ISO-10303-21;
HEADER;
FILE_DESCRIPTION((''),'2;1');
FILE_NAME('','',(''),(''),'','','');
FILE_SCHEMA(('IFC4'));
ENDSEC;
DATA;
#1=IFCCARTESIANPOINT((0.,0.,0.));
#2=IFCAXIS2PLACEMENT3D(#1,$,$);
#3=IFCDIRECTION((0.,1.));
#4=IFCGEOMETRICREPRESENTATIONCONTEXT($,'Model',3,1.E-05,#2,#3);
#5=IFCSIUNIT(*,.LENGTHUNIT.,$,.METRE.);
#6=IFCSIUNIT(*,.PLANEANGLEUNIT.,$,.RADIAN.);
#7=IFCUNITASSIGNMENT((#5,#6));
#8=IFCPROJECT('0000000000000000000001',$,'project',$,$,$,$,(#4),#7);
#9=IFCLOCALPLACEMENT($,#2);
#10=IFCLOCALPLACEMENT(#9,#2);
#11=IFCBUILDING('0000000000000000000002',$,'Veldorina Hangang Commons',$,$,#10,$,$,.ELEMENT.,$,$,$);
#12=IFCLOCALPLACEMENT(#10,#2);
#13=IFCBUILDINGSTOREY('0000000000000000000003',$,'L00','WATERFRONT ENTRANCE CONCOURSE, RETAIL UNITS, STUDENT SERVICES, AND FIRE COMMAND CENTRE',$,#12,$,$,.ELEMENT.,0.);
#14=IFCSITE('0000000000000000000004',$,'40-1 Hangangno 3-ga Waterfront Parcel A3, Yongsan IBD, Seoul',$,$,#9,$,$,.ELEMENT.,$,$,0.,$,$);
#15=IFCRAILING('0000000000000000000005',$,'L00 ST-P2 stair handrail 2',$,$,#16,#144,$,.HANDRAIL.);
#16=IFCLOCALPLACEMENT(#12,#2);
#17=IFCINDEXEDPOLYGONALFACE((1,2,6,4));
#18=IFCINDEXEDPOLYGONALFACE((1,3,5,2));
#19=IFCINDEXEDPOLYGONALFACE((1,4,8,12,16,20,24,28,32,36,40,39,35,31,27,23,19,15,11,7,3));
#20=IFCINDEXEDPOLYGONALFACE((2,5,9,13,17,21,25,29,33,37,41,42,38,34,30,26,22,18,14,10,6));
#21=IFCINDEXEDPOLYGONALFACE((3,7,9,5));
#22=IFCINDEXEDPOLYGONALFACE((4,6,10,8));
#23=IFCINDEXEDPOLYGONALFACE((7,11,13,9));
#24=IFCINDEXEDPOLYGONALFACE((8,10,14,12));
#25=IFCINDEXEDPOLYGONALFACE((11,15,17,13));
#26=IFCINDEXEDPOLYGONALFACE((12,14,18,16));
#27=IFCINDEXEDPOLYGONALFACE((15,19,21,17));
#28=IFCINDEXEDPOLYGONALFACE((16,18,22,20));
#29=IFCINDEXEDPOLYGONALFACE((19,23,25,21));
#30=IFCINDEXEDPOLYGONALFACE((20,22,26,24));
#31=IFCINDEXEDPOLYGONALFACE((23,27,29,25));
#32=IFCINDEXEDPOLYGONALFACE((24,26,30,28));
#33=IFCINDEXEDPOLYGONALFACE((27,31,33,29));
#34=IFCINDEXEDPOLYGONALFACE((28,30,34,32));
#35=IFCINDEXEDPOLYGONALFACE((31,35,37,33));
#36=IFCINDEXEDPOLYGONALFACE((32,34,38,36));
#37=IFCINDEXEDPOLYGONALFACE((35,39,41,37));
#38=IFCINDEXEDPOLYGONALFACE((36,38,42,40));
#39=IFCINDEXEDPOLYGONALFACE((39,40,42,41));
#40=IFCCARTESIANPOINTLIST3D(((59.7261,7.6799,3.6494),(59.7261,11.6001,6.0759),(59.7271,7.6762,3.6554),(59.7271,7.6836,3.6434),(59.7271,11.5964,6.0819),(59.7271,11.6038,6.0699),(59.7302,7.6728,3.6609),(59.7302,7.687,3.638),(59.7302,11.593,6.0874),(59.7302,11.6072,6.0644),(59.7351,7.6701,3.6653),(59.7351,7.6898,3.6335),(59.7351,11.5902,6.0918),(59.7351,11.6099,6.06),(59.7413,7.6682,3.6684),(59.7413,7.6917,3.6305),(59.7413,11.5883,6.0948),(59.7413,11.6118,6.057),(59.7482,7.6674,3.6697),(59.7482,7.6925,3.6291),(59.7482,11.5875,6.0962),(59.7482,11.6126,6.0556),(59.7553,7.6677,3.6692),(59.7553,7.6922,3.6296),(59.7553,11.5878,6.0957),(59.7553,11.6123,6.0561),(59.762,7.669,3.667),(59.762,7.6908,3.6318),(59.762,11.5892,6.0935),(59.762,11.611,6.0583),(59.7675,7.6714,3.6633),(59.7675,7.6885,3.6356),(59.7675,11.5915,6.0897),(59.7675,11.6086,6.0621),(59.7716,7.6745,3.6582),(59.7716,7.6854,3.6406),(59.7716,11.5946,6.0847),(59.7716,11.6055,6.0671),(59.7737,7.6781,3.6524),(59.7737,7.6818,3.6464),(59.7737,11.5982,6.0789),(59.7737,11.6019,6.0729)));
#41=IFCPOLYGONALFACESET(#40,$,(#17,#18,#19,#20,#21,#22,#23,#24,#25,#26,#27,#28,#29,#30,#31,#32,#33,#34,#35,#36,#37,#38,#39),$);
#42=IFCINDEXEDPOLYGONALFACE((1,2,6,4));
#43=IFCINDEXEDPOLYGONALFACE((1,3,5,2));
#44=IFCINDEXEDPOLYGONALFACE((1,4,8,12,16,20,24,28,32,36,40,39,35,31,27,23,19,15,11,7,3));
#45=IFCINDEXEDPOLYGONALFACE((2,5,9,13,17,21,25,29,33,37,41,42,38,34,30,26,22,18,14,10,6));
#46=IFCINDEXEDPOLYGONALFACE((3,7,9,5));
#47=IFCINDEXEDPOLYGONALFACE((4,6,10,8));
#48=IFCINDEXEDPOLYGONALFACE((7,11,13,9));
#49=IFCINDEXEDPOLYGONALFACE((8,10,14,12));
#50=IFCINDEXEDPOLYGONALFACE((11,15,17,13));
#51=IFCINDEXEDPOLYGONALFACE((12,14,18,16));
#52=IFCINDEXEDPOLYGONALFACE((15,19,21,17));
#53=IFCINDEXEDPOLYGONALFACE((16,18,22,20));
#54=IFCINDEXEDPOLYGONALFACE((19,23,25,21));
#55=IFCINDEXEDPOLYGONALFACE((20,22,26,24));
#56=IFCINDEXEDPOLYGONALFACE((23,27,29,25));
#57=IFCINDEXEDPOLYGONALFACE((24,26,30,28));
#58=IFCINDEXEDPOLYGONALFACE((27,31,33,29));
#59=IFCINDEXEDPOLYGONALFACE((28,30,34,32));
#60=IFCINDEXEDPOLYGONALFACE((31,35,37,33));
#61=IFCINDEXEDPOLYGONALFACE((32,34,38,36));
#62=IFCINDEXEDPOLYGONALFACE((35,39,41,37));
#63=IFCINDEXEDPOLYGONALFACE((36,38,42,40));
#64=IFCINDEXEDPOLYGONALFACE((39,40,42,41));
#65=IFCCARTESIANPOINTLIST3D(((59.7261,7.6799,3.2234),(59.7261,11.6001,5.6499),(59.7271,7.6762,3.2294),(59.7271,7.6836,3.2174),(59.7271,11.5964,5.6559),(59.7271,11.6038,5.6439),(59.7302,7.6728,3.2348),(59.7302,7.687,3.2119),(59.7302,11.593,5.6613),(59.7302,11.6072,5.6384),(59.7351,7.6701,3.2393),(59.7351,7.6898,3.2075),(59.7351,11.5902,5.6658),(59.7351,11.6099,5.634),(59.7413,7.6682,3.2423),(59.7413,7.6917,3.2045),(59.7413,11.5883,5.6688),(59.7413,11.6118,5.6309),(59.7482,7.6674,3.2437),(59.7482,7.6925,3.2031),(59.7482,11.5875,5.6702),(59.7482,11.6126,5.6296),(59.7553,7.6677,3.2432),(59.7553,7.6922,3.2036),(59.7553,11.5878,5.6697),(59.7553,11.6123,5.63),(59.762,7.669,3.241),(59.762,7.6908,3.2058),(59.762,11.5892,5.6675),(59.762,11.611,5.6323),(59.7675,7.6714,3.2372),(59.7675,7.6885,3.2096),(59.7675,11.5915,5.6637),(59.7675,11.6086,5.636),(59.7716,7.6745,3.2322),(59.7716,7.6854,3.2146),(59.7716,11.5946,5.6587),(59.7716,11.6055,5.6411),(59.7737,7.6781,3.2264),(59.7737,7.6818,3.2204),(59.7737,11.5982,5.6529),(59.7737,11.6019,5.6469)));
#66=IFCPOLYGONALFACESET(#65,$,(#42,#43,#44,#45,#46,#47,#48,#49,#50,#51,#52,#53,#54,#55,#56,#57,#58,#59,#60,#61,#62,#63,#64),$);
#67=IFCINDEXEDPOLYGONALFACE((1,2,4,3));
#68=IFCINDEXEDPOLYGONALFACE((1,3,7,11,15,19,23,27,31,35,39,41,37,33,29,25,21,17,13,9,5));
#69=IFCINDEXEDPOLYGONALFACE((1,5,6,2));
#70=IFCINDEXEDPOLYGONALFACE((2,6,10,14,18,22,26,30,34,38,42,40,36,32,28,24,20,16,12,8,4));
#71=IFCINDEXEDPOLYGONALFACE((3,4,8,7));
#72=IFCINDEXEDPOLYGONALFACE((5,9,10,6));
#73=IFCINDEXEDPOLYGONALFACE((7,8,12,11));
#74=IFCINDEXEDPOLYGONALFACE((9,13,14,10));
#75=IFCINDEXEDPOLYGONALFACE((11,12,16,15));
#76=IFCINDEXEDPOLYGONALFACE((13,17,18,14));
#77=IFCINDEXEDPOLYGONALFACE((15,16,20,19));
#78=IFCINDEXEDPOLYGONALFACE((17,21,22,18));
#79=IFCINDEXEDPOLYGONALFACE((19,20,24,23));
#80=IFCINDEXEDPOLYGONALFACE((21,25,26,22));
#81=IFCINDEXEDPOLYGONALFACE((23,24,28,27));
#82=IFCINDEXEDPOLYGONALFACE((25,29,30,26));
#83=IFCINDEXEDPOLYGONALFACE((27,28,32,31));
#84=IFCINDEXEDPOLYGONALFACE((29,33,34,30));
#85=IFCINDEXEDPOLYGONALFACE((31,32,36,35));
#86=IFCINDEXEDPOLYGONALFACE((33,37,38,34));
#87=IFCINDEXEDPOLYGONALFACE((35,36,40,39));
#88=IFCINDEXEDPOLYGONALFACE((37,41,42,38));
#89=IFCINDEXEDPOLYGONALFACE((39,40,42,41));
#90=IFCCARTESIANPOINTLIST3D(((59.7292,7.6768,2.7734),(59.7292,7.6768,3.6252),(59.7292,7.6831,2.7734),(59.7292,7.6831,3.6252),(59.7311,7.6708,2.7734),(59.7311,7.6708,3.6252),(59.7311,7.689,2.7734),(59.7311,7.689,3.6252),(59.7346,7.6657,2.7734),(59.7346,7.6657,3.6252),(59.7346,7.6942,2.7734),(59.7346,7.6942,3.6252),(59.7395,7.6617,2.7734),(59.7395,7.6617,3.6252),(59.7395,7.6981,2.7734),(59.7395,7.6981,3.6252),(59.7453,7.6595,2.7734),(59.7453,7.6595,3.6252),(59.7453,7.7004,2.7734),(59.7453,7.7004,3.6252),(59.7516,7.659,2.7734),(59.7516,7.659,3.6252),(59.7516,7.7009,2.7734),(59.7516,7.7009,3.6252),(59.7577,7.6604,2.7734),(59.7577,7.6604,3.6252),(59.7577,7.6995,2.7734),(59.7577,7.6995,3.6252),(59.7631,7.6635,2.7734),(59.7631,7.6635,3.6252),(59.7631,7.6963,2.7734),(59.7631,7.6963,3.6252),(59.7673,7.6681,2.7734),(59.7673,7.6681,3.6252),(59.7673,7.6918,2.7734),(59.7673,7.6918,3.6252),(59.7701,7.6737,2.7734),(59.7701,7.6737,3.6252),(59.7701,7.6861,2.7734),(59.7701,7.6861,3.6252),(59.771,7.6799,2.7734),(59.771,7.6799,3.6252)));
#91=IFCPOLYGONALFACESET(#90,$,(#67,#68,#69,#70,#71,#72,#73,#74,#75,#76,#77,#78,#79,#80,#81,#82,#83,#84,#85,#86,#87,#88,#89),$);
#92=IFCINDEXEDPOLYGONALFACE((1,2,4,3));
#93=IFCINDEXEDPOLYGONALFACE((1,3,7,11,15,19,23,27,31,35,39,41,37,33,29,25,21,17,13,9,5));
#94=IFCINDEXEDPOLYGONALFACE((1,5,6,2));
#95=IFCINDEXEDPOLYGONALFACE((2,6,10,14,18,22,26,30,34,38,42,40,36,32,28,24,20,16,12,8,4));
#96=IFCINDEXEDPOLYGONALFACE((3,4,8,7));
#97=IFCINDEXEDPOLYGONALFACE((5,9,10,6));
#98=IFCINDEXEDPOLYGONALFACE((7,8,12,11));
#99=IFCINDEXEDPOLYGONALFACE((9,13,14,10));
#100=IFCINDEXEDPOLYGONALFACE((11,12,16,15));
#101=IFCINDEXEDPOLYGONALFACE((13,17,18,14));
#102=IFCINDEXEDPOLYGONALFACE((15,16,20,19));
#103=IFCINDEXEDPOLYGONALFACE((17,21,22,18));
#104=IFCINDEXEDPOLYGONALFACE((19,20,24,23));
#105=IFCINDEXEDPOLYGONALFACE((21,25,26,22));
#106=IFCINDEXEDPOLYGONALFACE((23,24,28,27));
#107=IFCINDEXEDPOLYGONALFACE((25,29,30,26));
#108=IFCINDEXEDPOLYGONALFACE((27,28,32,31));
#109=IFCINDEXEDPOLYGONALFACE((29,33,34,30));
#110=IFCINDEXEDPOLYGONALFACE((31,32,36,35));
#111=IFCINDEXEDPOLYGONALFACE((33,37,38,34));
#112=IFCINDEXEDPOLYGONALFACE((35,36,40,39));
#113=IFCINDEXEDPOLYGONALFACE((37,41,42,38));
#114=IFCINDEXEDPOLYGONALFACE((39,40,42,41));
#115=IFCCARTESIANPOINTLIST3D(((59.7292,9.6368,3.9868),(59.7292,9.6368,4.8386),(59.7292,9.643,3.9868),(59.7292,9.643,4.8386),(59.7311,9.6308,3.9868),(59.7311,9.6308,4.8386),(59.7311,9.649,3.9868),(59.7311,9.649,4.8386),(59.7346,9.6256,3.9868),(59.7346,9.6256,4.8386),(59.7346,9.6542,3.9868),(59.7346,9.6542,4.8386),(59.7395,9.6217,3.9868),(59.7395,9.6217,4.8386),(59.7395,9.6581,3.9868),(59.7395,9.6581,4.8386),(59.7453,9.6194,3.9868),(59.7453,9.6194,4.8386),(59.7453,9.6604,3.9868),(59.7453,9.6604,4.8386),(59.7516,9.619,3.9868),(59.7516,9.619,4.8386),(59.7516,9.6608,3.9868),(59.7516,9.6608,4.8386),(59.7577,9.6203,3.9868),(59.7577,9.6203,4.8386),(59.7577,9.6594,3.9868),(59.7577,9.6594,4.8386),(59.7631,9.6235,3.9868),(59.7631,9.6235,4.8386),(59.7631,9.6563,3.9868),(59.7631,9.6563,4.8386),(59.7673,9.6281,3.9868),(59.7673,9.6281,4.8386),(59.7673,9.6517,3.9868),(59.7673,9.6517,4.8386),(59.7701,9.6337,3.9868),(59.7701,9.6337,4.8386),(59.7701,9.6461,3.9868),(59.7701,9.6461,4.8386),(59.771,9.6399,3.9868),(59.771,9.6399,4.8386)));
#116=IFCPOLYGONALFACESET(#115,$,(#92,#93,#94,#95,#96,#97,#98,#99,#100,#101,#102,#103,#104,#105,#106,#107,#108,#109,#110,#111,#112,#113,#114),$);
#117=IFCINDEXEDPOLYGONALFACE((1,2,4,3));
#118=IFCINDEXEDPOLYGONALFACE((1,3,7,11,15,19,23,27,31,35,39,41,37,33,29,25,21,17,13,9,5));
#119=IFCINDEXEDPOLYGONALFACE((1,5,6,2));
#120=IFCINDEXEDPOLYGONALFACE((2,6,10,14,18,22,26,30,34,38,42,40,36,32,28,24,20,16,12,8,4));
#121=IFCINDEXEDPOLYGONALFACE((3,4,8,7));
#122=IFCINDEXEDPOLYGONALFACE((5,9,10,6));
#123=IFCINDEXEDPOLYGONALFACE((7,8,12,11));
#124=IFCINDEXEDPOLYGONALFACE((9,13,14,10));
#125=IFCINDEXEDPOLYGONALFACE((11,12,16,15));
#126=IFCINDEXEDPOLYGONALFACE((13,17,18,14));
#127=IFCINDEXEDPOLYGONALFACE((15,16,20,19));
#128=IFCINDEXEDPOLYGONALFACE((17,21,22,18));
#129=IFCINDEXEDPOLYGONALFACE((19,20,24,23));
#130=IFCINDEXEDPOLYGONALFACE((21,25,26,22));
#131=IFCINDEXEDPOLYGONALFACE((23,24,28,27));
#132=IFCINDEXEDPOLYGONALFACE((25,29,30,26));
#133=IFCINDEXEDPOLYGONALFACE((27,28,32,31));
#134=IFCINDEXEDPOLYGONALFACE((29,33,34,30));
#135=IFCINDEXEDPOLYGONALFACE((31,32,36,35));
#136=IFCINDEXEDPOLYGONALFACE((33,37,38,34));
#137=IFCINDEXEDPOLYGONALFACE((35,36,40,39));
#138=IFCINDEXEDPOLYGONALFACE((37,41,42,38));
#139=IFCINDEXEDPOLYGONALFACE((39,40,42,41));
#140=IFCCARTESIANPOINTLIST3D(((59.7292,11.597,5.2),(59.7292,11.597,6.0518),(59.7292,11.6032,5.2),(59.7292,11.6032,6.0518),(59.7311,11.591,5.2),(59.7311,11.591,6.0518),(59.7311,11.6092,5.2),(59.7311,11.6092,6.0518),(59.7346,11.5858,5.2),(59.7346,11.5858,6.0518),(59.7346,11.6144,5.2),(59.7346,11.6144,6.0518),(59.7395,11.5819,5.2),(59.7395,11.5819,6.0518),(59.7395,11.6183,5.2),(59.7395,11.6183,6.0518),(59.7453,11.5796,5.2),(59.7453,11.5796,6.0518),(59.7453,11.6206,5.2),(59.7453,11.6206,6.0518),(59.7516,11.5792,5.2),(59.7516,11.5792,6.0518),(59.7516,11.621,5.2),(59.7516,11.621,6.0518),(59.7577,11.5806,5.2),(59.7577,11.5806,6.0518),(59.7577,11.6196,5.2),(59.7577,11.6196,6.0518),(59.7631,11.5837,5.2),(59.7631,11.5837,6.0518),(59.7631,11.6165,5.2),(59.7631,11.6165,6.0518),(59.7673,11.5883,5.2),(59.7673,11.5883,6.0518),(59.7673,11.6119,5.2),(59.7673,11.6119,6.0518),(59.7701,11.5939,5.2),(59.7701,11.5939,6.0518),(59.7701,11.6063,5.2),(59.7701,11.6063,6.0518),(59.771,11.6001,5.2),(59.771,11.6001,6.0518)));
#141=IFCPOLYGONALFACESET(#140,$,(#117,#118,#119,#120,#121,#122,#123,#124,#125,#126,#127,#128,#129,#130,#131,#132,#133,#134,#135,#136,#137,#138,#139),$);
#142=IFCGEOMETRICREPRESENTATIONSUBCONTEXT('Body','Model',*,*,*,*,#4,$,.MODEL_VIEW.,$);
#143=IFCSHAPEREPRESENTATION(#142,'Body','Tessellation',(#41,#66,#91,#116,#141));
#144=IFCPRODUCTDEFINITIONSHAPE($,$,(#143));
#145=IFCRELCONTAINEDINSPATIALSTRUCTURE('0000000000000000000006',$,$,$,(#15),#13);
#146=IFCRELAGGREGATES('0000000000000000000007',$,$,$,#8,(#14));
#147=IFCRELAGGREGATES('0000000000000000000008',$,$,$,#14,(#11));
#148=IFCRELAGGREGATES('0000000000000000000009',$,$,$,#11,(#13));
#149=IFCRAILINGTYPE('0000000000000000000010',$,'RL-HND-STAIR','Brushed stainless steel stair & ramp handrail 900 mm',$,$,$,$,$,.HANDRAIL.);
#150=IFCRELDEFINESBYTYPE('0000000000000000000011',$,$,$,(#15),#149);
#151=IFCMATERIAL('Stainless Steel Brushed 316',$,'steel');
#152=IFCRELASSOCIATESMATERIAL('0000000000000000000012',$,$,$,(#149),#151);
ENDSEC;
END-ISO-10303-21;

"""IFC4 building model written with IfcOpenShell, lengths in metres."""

from ifc_helpers import new_model, si_unit, direction, frame, origin, origin_2d, place, context, subcontext, project, spatial, circle, extrude, material, type_object, element, save


model = new_model("IFC4")

# Units and contexts
model_context = context("Model", 3, precision=1e-05, world=origin(), true_north=direction((0.0, 1.0)))
body_context = subcontext(model_context, "Body", "Model", "MODEL_VIEW")
ifc_project = project(units=[si_unit("LENGTHUNIT", "METRE"), si_unit("PLANEANGLEUNIT", "RADIAN")], contexts=[model_context])

# Site, building, storey
site_placement = place(None, origin())
site = spatial("IfcSite", under=ifc_project, at=site_placement, Name="40-1 Hangangno 3-ga Waterfront Parcel A3, Yongsan IBD, Seoul", CompositionType="ELEMENT", RefElevation=0.0)
building_placement = place(site_placement, origin())
building = spatial("IfcBuilding", under=site, at=building_placement, Name="Veldorina Hangang Commons", CompositionType="ELEMENT")
storey_placement = place(building_placement, origin())
storey = spatial("IfcBuildingStorey", under=building, at=storey_placement, Name="L00", Description="WATERFRONT ENTRANCE CONCOURSE, RETAIL UNITS, STUDENT SERVICES, AND FIRE COMMAND CENTRE", CompositionType="ELEMENT", Elevation=0.0)

# Railing
ifc_material_1 = material(Name="Stainless Steel Brushed 316", Category="steel")
railing_type_1 = type_object("IfcRailingType", Name="RL-HND-STAIR", Description="Brushed stainless steel stair & ramp handrail 900 mm", PredefinedType="HANDRAIL", material=ifc_material_1)
railing_1_placement = place(storey_placement, frame((59.75, 7.6799, 2.7734)))
element("IfcRailing", 1, at=railing_1_placement, inside=storey, type_object=railing_type_1, Name="L00 ST-P2 stair handrail 2", PredefinedType="HANDRAIL", context=body_context, shape_type="SweptSolid", body=[
    extrude(circle(Radius=0.0239, at=origin_2d()), frame((0.0, 0.0, 0.876), z_axis=(0.0, 0.85029, 0.526315), x_axis=(-1.0, 0.0, 0.0)), (0.0, 0.0, 1.0), 4.6104),
    extrude(circle(Radius=0.0239, at=origin_2d()), frame((0.0, 0.0, 0.45), z_axis=(0.0, 0.85029, 0.526315), x_axis=(-1.0, 0.0, 0.0)), (0.0, 0.0, 1.0), 4.6104),
    extrude(circle(Radius=0.021, at=origin_2d()), origin(), (0.0, 0.0, 1.0), 0.8518),
    extrude(circle(Radius=0.021, at=origin_2d()), frame((0.0, 1.96, 1.2134)), (0.0, 0.0, 1.0), 0.8518),
    extrude(circle(Radius=0.021, at=origin_2d()), frame((0.0, 3.9202, 2.4265)), (0.0, 0.0, 1.0), 0.8518),
])

save(model, "model.ifc")
